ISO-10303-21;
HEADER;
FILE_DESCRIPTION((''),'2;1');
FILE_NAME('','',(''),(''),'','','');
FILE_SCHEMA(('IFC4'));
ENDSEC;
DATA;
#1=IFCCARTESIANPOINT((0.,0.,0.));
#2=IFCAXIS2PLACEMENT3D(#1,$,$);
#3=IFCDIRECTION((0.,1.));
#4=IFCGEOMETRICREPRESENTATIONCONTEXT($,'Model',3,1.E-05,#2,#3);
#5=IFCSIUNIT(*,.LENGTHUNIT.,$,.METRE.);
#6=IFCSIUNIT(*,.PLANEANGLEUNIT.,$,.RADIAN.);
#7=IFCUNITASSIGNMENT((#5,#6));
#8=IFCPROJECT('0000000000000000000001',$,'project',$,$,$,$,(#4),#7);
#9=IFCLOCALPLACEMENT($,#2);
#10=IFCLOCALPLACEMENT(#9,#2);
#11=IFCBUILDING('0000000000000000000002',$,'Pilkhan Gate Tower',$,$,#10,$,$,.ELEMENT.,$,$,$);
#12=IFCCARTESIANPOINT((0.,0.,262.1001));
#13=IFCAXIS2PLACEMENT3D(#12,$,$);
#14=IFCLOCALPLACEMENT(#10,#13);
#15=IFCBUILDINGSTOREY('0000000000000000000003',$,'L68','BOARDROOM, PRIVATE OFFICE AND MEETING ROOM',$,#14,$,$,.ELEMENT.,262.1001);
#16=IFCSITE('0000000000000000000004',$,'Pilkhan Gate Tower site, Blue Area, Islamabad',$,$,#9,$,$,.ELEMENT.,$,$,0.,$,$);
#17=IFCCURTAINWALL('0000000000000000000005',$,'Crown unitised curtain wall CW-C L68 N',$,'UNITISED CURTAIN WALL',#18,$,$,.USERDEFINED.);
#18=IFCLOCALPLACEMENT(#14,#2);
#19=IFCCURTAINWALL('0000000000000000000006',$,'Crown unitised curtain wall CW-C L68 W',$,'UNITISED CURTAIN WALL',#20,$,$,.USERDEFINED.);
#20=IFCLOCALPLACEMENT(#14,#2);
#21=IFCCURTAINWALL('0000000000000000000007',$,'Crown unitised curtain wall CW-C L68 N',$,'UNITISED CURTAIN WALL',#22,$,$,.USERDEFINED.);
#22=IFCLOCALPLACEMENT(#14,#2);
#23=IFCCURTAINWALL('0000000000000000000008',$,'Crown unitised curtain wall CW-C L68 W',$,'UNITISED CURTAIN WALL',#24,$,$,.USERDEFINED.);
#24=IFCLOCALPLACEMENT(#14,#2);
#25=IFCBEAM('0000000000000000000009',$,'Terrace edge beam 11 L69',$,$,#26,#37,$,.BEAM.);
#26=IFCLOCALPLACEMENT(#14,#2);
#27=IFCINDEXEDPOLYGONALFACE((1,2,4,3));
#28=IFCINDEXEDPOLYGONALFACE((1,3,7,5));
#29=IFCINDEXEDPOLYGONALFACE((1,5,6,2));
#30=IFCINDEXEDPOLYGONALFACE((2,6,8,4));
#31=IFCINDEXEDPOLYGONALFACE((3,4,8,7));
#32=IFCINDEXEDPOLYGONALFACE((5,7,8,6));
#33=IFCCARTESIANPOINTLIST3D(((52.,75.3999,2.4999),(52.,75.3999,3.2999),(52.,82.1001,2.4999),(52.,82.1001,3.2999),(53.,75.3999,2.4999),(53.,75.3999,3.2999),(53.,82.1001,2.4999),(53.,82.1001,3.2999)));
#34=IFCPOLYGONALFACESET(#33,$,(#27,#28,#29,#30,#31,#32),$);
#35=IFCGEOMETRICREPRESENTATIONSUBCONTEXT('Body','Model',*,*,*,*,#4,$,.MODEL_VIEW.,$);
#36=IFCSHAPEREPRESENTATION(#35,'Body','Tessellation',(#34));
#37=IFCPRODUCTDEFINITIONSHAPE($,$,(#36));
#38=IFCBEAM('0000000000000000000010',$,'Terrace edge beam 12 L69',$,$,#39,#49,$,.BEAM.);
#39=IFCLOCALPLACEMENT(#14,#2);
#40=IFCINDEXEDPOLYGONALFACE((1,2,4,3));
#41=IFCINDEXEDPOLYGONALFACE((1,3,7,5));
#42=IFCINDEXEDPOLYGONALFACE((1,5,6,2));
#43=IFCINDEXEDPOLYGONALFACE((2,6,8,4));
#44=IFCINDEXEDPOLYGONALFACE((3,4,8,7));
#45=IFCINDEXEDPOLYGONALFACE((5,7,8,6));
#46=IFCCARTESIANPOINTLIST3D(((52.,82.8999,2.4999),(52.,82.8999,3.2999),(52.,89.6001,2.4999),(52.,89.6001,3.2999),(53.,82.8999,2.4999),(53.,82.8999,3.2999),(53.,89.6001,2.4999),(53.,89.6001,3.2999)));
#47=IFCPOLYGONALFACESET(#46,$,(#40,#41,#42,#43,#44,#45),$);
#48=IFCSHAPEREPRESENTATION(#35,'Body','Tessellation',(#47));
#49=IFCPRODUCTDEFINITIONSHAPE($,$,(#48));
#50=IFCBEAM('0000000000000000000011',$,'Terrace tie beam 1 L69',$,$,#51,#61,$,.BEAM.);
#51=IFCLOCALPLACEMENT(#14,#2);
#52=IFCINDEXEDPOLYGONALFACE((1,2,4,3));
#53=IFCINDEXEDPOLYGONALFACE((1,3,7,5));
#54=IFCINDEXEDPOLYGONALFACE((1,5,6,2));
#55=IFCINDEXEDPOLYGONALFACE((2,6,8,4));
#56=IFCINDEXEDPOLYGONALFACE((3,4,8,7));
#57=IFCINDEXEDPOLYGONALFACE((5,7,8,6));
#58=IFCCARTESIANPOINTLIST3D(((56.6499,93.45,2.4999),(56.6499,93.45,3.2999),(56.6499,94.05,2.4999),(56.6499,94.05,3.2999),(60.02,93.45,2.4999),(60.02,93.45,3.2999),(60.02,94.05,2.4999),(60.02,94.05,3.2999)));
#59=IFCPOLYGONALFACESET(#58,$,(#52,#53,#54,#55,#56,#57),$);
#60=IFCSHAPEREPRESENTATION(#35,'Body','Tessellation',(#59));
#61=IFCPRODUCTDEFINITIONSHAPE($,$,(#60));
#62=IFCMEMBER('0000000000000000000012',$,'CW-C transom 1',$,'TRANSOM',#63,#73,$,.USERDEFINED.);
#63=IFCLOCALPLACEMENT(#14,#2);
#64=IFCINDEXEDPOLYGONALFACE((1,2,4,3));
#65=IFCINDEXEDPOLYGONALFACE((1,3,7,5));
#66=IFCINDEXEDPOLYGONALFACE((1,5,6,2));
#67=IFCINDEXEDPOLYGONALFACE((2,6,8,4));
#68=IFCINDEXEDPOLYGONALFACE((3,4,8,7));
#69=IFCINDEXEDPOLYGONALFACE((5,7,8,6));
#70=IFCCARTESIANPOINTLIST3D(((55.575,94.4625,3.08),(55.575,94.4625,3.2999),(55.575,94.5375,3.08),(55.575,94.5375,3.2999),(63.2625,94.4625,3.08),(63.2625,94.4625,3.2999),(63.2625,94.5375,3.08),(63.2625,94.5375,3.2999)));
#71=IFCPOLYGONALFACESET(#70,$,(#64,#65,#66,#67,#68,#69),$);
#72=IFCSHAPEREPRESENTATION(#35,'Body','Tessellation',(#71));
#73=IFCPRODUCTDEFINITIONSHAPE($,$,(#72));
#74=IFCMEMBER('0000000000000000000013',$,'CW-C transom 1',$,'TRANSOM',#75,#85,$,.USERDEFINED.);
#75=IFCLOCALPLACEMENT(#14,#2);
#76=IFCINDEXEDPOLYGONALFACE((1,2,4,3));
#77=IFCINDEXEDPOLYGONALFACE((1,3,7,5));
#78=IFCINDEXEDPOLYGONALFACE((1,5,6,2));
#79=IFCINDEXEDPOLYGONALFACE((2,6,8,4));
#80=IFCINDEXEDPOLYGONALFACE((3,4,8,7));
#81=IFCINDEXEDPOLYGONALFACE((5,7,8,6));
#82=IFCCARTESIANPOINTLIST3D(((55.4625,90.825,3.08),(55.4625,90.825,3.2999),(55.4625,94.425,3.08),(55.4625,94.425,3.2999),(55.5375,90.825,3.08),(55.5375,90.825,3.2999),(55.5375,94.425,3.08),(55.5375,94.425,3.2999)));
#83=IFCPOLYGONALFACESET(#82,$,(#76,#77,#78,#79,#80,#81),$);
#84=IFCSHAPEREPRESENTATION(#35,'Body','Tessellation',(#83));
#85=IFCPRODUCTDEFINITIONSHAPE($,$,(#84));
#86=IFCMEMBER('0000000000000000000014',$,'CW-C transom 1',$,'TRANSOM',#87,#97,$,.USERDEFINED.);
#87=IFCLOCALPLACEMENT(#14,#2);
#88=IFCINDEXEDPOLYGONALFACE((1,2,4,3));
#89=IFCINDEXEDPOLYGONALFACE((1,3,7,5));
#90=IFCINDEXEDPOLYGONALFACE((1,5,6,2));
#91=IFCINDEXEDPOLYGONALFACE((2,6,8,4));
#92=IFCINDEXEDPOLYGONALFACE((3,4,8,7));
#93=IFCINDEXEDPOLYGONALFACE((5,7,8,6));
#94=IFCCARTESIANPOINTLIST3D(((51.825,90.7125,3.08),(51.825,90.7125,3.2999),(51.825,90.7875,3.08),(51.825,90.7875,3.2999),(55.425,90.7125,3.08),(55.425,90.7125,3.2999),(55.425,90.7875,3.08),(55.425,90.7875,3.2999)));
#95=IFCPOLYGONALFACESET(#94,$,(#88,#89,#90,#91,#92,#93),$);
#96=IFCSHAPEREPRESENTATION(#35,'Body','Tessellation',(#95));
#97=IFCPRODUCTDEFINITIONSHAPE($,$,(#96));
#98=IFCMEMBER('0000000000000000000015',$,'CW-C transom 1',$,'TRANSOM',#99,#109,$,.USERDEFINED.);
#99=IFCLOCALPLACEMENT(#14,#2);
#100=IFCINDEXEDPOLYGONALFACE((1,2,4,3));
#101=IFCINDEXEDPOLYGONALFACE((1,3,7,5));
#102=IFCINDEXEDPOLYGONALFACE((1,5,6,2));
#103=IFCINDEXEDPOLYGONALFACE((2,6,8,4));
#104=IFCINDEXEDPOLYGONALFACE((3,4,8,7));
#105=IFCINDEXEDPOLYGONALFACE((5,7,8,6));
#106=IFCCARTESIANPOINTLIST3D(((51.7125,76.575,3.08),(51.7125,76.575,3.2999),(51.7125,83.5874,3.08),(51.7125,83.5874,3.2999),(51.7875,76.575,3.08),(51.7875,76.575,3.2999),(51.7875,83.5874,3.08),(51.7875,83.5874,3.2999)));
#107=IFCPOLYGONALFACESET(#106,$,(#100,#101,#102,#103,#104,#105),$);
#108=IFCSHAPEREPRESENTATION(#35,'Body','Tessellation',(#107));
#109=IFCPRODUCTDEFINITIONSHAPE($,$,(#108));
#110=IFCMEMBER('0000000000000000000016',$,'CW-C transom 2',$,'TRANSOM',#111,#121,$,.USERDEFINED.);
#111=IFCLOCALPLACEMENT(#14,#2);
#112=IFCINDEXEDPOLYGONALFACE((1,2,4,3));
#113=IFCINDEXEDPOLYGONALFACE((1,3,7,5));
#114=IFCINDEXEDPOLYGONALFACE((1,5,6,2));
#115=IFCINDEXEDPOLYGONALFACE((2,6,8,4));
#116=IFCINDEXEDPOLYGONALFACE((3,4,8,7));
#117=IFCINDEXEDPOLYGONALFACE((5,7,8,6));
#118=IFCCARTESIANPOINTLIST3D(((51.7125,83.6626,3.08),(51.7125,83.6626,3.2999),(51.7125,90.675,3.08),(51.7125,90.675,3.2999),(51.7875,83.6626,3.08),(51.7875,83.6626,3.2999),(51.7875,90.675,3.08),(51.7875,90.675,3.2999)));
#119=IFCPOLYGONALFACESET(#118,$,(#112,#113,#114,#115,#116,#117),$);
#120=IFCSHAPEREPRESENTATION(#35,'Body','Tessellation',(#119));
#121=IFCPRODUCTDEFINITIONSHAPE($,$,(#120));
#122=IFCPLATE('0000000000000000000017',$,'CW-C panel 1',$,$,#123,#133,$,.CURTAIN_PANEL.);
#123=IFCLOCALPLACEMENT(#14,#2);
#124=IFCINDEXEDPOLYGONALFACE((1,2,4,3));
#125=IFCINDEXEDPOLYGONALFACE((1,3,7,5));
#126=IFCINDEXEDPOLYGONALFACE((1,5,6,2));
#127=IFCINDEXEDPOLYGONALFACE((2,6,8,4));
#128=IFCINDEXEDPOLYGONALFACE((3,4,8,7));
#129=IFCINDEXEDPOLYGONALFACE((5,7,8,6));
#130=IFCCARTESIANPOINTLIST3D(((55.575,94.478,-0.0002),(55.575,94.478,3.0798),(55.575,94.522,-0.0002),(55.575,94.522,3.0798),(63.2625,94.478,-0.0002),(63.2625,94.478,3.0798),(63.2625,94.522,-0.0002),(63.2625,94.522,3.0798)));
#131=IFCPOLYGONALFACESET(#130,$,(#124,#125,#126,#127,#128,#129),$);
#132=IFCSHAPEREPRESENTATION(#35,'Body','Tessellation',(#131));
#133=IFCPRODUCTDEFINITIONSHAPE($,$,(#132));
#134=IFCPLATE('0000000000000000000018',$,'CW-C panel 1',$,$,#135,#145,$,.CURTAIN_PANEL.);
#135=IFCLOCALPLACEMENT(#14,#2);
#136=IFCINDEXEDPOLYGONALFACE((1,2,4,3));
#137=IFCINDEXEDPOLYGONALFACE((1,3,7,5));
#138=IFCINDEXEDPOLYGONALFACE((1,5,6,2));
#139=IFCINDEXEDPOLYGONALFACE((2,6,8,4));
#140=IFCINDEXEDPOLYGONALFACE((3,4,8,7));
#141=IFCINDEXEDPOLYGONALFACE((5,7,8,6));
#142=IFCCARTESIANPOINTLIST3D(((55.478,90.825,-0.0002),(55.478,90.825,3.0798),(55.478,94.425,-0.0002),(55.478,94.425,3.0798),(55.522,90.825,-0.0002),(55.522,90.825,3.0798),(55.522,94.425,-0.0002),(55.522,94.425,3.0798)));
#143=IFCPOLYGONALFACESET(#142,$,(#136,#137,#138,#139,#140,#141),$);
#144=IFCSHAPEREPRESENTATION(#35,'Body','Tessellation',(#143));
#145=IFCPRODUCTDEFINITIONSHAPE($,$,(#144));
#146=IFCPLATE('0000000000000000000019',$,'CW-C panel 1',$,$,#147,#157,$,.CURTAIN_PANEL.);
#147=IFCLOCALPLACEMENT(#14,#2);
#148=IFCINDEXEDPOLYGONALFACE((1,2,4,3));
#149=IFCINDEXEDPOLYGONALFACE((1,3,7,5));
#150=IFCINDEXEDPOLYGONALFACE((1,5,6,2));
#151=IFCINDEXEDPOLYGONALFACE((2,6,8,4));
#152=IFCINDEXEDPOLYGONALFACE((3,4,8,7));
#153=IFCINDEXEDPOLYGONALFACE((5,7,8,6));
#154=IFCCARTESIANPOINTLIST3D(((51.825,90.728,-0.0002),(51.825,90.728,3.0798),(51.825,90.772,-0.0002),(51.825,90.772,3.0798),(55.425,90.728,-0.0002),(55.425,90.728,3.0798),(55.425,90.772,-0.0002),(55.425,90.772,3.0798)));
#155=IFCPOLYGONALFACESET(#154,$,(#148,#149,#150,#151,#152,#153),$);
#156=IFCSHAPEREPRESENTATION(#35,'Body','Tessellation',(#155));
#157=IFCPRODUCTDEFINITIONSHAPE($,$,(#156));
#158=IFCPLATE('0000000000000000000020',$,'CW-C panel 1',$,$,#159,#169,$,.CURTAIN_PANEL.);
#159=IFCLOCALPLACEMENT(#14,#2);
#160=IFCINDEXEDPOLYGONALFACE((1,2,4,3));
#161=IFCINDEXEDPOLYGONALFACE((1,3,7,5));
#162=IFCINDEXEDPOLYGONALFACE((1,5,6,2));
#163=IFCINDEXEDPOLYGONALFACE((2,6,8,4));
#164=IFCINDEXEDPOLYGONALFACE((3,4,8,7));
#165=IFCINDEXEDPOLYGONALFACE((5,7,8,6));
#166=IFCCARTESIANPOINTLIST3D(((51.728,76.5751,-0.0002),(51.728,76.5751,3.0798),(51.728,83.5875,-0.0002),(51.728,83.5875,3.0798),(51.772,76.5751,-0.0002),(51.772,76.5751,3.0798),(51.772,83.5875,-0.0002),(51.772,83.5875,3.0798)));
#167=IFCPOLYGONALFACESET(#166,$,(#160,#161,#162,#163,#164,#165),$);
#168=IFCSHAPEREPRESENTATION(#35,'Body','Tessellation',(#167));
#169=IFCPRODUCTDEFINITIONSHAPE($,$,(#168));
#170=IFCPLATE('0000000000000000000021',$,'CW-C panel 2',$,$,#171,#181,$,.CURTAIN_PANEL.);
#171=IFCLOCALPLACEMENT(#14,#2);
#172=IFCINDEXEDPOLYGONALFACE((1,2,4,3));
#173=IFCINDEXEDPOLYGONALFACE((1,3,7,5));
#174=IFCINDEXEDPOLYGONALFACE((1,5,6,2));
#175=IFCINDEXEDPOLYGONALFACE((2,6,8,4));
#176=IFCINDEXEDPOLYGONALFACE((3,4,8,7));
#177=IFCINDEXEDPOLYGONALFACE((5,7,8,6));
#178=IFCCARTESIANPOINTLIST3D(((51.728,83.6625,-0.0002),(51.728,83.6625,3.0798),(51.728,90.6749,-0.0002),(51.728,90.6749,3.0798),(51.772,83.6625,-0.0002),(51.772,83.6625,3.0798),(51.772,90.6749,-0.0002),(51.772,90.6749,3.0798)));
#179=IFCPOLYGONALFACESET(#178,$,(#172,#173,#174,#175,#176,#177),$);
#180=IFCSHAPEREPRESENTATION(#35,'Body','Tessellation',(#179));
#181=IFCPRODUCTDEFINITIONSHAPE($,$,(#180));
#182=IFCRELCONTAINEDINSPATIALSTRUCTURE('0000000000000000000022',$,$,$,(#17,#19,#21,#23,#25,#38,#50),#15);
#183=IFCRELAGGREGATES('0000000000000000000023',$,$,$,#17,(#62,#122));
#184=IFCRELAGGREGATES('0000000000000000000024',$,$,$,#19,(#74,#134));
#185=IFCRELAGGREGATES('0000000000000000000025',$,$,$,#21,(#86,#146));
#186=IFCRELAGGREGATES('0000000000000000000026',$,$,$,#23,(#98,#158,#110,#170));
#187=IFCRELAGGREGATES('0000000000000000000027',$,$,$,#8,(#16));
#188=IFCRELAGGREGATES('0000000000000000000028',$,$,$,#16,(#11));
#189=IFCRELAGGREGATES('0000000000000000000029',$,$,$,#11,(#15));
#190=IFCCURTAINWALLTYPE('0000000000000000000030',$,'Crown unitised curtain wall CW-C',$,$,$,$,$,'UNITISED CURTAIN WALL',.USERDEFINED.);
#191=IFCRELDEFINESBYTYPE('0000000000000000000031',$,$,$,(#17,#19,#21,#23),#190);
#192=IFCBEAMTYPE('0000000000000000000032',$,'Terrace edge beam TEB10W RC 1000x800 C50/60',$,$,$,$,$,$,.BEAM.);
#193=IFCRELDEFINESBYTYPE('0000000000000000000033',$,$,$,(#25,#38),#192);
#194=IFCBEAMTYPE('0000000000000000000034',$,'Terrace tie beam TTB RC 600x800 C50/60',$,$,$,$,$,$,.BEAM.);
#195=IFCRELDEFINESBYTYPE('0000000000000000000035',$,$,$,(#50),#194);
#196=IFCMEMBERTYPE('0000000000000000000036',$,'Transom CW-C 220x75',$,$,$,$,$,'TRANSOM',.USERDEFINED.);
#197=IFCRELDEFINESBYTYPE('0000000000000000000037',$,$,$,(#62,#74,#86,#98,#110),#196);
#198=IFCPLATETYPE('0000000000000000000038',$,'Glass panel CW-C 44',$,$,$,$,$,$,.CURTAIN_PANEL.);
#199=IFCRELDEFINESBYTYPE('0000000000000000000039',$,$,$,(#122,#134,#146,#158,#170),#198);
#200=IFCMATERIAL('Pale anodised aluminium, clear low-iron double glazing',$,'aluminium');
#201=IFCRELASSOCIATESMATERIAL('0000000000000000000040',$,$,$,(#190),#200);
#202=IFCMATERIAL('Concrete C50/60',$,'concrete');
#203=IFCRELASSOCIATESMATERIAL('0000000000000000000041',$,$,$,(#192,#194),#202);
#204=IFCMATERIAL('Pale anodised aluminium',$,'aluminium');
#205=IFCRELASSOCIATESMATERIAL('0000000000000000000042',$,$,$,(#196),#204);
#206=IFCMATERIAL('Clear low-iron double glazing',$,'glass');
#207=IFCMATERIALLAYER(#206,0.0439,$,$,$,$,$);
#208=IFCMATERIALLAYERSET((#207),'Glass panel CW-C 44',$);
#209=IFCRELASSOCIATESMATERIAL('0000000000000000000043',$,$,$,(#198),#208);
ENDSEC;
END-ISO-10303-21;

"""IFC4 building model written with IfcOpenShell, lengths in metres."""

from ifc_helpers import new_model, si_unit, direction, frame, origin, origin_2d, place, context, subcontext, project, spatial, rectangle, extrude, material, layer, layer_set, material_profile, profile_set, type_object, element, aggregate, save


model = new_model("IFC4")

# Units and contexts
model_context = context("Model", 3, precision=1e-05, world=origin(), true_north=direction((0.0, 1.0)))
body_context = subcontext(model_context, "Body", "Model", "MODEL_VIEW")
ifc_project = project(units=[si_unit("LENGTHUNIT", "METRE"), si_unit("PLANEANGLEUNIT", "RADIAN")], contexts=[model_context])

# Site, building, storey
site_placement = place(None, origin())
site = spatial("IfcSite", under=ifc_project, at=site_placement, Name="Pilkhan Gate Tower site, Blue Area, Islamabad", CompositionType="ELEMENT", RefElevation=0.0)
building_placement = place(site_placement, origin())
building = spatial("IfcBuilding", under=site, at=building_placement, Name="Pilkhan Gate Tower", CompositionType="ELEMENT")
storey_placement = place(building_placement, frame((0.0, 0.0, 262.1001)))
storey = spatial("IfcBuildingStorey", under=building, at=storey_placement, Name="L68", Description="BOARDROOM, PRIVATE OFFICE AND MEETING ROOM", CompositionType="ELEMENT", Elevation=262.1001)

# Curtain wall
ifc_material_1 = material(Name="Pale anodised aluminium, clear low-iron double glazing", Category="aluminium")
curtain_wall_type = type_object("IfcCurtainWallType", Name="Crown unitised curtain wall CW-C", ElementType="UNITISED CURTAIN WALL", PredefinedType="USERDEFINED", material=ifc_material_1)
curtain_wall_1_placement = place(storey_placement, origin())
curtain_wall_1 = element("IfcCurtainWall", 1, at=curtain_wall_1_placement, inside=storey, type_object=curtain_wall_type, Name="Crown unitised curtain wall CW-C L68 N", ObjectType="UNITISED CURTAIN WALL", PredefinedType="USERDEFINED")
ifc_material_2 = material(Name="Pale anodised aluminium", Category="aluminium")

# Curtain walls
curtain_wall_2_placement = place(storey_placement, origin())
curtain_wall_2 = element("IfcCurtainWall", 2, at=curtain_wall_2_placement, inside=storey, type_object=curtain_wall_type, Name="Crown unitised curtain wall CW-C L68 W", ObjectType="UNITISED CURTAIN WALL", PredefinedType="USERDEFINED")
curtain_wall_3_placement = place(storey_placement, origin())
curtain_wall_3 = element("IfcCurtainWall", 3, at=curtain_wall_3_placement, inside=storey, type_object=curtain_wall_type, Name="Crown unitised curtain wall CW-C L68 N", ObjectType="UNITISED CURTAIN WALL", PredefinedType="USERDEFINED")

# Curtain wall
curtain_wall_4_placement = place(storey_placement, origin())
curtain_wall_4 = element("IfcCurtainWall", 4, at=curtain_wall_4_placement, inside=storey, type_object=curtain_wall_type, Name="Crown unitised curtain wall CW-C L68 W", ObjectType="UNITISED CURTAIN WALL", PredefinedType="USERDEFINED")

# Beams
ifc_material_3 = material(Name="Concrete C50/60", Category="concrete")
ifc_material_profile_1 = material_profile(ifc_material_3, rectangle(XDim=1.0, YDim=0.8, at=origin_2d()), Name="RC 1000x800")
ifc_profile_set_1 = profile_set([ifc_material_profile_1], Name="Concrete C50/60")
beam_type_1 = type_object("IfcBeamType", Name="Terrace edge beam TEB10W RC 1000x800 C50/60", PredefinedType="BEAM", material=ifc_profile_set_1)
for number, where, z_axis, x_axis, name in (
    (5, (52.5, 75.3999, 2.8999), (0.0, 1.0, 0.0), (-1.0, 0.0, 0.0), "Terrace edge beam 11 L69"),
    (6, (52.5, 82.8999, 2.8999), (0.0, 1.0, 0.0), (-1.0, 0.0, 0.0), "Terrace edge beam 12 L69"),
):
    element("IfcBeam", number, at=place(storey_placement, frame(where, z_axis=z_axis, x_axis=x_axis)), inside=storey, type_object=beam_type_1, Name=name, PredefinedType="BEAM", context=body_context, shape_type="SweptSolid", body=[
        extrude(rectangle(XDim=1.0, YDim=0.8, at=origin_2d()), origin(), (0.0, 0.0, 1.0), 6.7002),
    ])
ifc_material_profile_2 = material_profile(ifc_material_3, rectangle(XDim=0.6001, YDim=0.8, at=origin_2d()), Name="RC 600x800")
ifc_profile_set_2 = profile_set([ifc_material_profile_2], Name="Concrete C50/60")
beam_type_2 = type_object("IfcBeamType", Name="Terrace tie beam TTB RC 600x800 C50/60", PredefinedType="BEAM", material=ifc_profile_set_2)
beam_placement = place(storey_placement, frame((56.6499, 93.75, 2.8999), z_axis=(1.0, 0.0, 0.0), x_axis=(0.0, 1.0, 0.0)))
element("IfcBeam", 7, at=beam_placement, inside=storey, type_object=beam_type_2, Name="Terrace tie beam 1 L69", PredefinedType="BEAM", context=body_context, shape_type="SweptSolid", body=[
    extrude(rectangle(XDim=0.6001, YDim=0.8, at=origin_2d()), origin(), (0.0, 0.0, 1.0), 3.3701),
])

# Members
ifc_material_profile_3 = material_profile(ifc_material_2, rectangle(XDim=0.075, YDim=0.22, at=origin_2d()), Name="Transom 220x75")
ifc_profile_set_3 = profile_set([ifc_material_profile_3], Name="Pale anodised aluminium")
member_type_1 = type_object("IfcMemberType", Name="Transom CW-C 220x75", ElementType="TRANSOM", PredefinedType="USERDEFINED", material=ifc_profile_set_3)
member_1_placement = place(storey_placement, frame((55.575, 94.5, 3.1899), z_axis=(1.0, 0.0, 0.0), x_axis=(0.0, 1.0, 0.0)))
member_1 = element("IfcMember", 8, at=member_1_placement, type_object=member_type_1, Name="CW-C transom 1", ObjectType="TRANSOM", PredefinedType="USERDEFINED", context=body_context, shape_type="SweptSolid", body=[
    extrude(rectangle(XDim=0.075, YDim=0.22, at=origin_2d()), origin(), (0.0, 0.0, 1.0), 7.6875),
])
member_2_placement = place(storey_placement, frame((55.5, 90.825, 3.1899), z_axis=(0.0, 1.0, 0.0), x_axis=(-1.0, 0.0, 0.0)))
member_2 = element("IfcMember", 9, at=member_2_placement, type_object=member_type_1, Name="CW-C transom 1", ObjectType="TRANSOM", PredefinedType="USERDEFINED", context=body_context, shape_type="SweptSolid", body=[
    extrude(rectangle(XDim=0.075, YDim=0.22, at=origin_2d()), origin(), (0.0, 0.0, 1.0), 3.6001),
])
member_3_placement = place(storey_placement, frame((51.825, 90.75, 3.1899), z_axis=(1.0, 0.0, 0.0), x_axis=(0.0, 1.0, 0.0)))
member_3 = element("IfcMember", 10, at=member_3_placement, type_object=member_type_1, Name="CW-C transom 1", ObjectType="TRANSOM", PredefinedType="USERDEFINED", context=body_context, shape_type="SweptSolid", body=[
    extrude(rectangle(XDim=0.075, YDim=0.22, at=origin_2d()), origin(), (0.0, 0.0, 1.0), 3.6001),
])
member_4_placement = place(storey_placement, frame((51.75, 76.575, 3.1899), z_axis=(0.0, 1.0, 0.0), x_axis=(-1.0, 0.0, 0.0)))
member_4 = element("IfcMember", 11, at=member_4_placement, type_object=member_type_1, Name="CW-C transom 1", ObjectType="TRANSOM", PredefinedType="USERDEFINED", context=body_context, shape_type="SweptSolid", body=[
    extrude(rectangle(XDim=0.075, YDim=0.22, at=origin_2d()), origin(), (0.0, 0.0, 1.0), 7.0125),
])
member_5_placement = place(storey_placement, frame((51.75, 83.6626, 3.1899), z_axis=(0.0, 1.0, 0.0), x_axis=(-1.0, 0.0, 0.0)))
member_5 = element("IfcMember", 12, at=member_5_placement, type_object=member_type_1, Name="CW-C transom 2", ObjectType="TRANSOM", PredefinedType="USERDEFINED", context=body_context, shape_type="SweptSolid", body=[
    extrude(rectangle(XDim=0.075, YDim=0.22, at=origin_2d()), origin(), (0.0, 0.0, 1.0), 7.0125),
])

# Plates
ifc_material_4 = material(Name="Clear low-iron double glazing", Category="glass")
ifc_layer_1 = layer(ifc_material_4, 0.0439)
ifc_layer_set_1 = layer_set([ifc_layer_1], Name="Glass panel CW-C 44")
plate_type = type_object("IfcPlateType", Name="Glass panel CW-C 44", PredefinedType="CURTAIN_PANEL", material=ifc_layer_set_1)
plate_1_placement = place(storey_placement, frame((59.4187, 94.5, -0.0002), z_axis=(0.0, 0.0, 1.0), x_axis=(1.0, 0.0, 0.0)))
plate_1 = element("IfcPlate", 13, at=plate_1_placement, type_object=plate_type, Name="CW-C panel 1", PredefinedType="CURTAIN_PANEL", context=body_context, shape_type="SweptSolid", body=[
    extrude(rectangle(XDim=7.6875, YDim=0.0439, at=origin_2d()), origin(), (0.0, 0.0, 1.0), 3.0801),
])
aggregate(curtain_wall_1, [member_1, plate_1])
plate_2_placement = place(storey_placement, frame((55.5, 92.625, -0.0002), z_axis=(0.0, 0.0, 1.0), x_axis=(0.0, 1.0, 0.0)))
plate_2 = element("IfcPlate", 14, at=plate_2_placement, type_object=plate_type, Name="CW-C panel 1", PredefinedType="CURTAIN_PANEL", context=body_context, shape_type="SweptSolid", body=[
    extrude(rectangle(XDim=3.6001, YDim=0.0439, at=origin_2d()), origin(), (0.0, 0.0, 1.0), 3.0801),
])
aggregate(curtain_wall_2, [member_2, plate_2])
plate_3_placement = place(storey_placement, frame((53.625, 90.75, -0.0002), z_axis=(0.0, 0.0, 1.0), x_axis=(1.0, 0.0, 0.0)))
plate_3 = element("IfcPlate", 15, at=plate_3_placement, type_object=plate_type, Name="CW-C panel 1", PredefinedType="CURTAIN_PANEL", context=body_context, shape_type="SweptSolid", body=[
    extrude(rectangle(XDim=3.6001, YDim=0.0439, at=origin_2d()), origin(), (0.0, 0.0, 1.0), 3.0801),
])
aggregate(curtain_wall_3, [member_3, plate_3])
plate_4_placement = place(storey_placement, frame((51.75, 80.0813, -0.0002), z_axis=(0.0, 0.0, 1.0), x_axis=(0.0, 1.0, 0.0)))
plate_4 = element("IfcPlate", 16, at=plate_4_placement, type_object=plate_type, Name="CW-C panel 1", PredefinedType="CURTAIN_PANEL", context=body_context, shape_type="SweptSolid", body=[
    extrude(rectangle(XDim=7.0125, YDim=0.0439, at=origin_2d()), origin(), (0.0, 0.0, 1.0), 3.0801),
])
plate_5_placement = place(storey_placement, frame((51.75, 87.1687, -0.0002), z_axis=(0.0, 0.0, 1.0), x_axis=(0.0, 1.0, 0.0)))
plate_5 = element("IfcPlate", 17, at=plate_5_placement, type_object=plate_type, Name="CW-C panel 2", PredefinedType="CURTAIN_PANEL", context=body_context, shape_type="SweptSolid", body=[
    extrude(rectangle(XDim=7.0125, YDim=0.0439, at=origin_2d()), origin(), (0.0, 0.0, 1.0), 3.0801),
])
aggregate(curtain_wall_4, [member_4, plate_4, member_5, plate_5])

save(model, "model.ifc")
